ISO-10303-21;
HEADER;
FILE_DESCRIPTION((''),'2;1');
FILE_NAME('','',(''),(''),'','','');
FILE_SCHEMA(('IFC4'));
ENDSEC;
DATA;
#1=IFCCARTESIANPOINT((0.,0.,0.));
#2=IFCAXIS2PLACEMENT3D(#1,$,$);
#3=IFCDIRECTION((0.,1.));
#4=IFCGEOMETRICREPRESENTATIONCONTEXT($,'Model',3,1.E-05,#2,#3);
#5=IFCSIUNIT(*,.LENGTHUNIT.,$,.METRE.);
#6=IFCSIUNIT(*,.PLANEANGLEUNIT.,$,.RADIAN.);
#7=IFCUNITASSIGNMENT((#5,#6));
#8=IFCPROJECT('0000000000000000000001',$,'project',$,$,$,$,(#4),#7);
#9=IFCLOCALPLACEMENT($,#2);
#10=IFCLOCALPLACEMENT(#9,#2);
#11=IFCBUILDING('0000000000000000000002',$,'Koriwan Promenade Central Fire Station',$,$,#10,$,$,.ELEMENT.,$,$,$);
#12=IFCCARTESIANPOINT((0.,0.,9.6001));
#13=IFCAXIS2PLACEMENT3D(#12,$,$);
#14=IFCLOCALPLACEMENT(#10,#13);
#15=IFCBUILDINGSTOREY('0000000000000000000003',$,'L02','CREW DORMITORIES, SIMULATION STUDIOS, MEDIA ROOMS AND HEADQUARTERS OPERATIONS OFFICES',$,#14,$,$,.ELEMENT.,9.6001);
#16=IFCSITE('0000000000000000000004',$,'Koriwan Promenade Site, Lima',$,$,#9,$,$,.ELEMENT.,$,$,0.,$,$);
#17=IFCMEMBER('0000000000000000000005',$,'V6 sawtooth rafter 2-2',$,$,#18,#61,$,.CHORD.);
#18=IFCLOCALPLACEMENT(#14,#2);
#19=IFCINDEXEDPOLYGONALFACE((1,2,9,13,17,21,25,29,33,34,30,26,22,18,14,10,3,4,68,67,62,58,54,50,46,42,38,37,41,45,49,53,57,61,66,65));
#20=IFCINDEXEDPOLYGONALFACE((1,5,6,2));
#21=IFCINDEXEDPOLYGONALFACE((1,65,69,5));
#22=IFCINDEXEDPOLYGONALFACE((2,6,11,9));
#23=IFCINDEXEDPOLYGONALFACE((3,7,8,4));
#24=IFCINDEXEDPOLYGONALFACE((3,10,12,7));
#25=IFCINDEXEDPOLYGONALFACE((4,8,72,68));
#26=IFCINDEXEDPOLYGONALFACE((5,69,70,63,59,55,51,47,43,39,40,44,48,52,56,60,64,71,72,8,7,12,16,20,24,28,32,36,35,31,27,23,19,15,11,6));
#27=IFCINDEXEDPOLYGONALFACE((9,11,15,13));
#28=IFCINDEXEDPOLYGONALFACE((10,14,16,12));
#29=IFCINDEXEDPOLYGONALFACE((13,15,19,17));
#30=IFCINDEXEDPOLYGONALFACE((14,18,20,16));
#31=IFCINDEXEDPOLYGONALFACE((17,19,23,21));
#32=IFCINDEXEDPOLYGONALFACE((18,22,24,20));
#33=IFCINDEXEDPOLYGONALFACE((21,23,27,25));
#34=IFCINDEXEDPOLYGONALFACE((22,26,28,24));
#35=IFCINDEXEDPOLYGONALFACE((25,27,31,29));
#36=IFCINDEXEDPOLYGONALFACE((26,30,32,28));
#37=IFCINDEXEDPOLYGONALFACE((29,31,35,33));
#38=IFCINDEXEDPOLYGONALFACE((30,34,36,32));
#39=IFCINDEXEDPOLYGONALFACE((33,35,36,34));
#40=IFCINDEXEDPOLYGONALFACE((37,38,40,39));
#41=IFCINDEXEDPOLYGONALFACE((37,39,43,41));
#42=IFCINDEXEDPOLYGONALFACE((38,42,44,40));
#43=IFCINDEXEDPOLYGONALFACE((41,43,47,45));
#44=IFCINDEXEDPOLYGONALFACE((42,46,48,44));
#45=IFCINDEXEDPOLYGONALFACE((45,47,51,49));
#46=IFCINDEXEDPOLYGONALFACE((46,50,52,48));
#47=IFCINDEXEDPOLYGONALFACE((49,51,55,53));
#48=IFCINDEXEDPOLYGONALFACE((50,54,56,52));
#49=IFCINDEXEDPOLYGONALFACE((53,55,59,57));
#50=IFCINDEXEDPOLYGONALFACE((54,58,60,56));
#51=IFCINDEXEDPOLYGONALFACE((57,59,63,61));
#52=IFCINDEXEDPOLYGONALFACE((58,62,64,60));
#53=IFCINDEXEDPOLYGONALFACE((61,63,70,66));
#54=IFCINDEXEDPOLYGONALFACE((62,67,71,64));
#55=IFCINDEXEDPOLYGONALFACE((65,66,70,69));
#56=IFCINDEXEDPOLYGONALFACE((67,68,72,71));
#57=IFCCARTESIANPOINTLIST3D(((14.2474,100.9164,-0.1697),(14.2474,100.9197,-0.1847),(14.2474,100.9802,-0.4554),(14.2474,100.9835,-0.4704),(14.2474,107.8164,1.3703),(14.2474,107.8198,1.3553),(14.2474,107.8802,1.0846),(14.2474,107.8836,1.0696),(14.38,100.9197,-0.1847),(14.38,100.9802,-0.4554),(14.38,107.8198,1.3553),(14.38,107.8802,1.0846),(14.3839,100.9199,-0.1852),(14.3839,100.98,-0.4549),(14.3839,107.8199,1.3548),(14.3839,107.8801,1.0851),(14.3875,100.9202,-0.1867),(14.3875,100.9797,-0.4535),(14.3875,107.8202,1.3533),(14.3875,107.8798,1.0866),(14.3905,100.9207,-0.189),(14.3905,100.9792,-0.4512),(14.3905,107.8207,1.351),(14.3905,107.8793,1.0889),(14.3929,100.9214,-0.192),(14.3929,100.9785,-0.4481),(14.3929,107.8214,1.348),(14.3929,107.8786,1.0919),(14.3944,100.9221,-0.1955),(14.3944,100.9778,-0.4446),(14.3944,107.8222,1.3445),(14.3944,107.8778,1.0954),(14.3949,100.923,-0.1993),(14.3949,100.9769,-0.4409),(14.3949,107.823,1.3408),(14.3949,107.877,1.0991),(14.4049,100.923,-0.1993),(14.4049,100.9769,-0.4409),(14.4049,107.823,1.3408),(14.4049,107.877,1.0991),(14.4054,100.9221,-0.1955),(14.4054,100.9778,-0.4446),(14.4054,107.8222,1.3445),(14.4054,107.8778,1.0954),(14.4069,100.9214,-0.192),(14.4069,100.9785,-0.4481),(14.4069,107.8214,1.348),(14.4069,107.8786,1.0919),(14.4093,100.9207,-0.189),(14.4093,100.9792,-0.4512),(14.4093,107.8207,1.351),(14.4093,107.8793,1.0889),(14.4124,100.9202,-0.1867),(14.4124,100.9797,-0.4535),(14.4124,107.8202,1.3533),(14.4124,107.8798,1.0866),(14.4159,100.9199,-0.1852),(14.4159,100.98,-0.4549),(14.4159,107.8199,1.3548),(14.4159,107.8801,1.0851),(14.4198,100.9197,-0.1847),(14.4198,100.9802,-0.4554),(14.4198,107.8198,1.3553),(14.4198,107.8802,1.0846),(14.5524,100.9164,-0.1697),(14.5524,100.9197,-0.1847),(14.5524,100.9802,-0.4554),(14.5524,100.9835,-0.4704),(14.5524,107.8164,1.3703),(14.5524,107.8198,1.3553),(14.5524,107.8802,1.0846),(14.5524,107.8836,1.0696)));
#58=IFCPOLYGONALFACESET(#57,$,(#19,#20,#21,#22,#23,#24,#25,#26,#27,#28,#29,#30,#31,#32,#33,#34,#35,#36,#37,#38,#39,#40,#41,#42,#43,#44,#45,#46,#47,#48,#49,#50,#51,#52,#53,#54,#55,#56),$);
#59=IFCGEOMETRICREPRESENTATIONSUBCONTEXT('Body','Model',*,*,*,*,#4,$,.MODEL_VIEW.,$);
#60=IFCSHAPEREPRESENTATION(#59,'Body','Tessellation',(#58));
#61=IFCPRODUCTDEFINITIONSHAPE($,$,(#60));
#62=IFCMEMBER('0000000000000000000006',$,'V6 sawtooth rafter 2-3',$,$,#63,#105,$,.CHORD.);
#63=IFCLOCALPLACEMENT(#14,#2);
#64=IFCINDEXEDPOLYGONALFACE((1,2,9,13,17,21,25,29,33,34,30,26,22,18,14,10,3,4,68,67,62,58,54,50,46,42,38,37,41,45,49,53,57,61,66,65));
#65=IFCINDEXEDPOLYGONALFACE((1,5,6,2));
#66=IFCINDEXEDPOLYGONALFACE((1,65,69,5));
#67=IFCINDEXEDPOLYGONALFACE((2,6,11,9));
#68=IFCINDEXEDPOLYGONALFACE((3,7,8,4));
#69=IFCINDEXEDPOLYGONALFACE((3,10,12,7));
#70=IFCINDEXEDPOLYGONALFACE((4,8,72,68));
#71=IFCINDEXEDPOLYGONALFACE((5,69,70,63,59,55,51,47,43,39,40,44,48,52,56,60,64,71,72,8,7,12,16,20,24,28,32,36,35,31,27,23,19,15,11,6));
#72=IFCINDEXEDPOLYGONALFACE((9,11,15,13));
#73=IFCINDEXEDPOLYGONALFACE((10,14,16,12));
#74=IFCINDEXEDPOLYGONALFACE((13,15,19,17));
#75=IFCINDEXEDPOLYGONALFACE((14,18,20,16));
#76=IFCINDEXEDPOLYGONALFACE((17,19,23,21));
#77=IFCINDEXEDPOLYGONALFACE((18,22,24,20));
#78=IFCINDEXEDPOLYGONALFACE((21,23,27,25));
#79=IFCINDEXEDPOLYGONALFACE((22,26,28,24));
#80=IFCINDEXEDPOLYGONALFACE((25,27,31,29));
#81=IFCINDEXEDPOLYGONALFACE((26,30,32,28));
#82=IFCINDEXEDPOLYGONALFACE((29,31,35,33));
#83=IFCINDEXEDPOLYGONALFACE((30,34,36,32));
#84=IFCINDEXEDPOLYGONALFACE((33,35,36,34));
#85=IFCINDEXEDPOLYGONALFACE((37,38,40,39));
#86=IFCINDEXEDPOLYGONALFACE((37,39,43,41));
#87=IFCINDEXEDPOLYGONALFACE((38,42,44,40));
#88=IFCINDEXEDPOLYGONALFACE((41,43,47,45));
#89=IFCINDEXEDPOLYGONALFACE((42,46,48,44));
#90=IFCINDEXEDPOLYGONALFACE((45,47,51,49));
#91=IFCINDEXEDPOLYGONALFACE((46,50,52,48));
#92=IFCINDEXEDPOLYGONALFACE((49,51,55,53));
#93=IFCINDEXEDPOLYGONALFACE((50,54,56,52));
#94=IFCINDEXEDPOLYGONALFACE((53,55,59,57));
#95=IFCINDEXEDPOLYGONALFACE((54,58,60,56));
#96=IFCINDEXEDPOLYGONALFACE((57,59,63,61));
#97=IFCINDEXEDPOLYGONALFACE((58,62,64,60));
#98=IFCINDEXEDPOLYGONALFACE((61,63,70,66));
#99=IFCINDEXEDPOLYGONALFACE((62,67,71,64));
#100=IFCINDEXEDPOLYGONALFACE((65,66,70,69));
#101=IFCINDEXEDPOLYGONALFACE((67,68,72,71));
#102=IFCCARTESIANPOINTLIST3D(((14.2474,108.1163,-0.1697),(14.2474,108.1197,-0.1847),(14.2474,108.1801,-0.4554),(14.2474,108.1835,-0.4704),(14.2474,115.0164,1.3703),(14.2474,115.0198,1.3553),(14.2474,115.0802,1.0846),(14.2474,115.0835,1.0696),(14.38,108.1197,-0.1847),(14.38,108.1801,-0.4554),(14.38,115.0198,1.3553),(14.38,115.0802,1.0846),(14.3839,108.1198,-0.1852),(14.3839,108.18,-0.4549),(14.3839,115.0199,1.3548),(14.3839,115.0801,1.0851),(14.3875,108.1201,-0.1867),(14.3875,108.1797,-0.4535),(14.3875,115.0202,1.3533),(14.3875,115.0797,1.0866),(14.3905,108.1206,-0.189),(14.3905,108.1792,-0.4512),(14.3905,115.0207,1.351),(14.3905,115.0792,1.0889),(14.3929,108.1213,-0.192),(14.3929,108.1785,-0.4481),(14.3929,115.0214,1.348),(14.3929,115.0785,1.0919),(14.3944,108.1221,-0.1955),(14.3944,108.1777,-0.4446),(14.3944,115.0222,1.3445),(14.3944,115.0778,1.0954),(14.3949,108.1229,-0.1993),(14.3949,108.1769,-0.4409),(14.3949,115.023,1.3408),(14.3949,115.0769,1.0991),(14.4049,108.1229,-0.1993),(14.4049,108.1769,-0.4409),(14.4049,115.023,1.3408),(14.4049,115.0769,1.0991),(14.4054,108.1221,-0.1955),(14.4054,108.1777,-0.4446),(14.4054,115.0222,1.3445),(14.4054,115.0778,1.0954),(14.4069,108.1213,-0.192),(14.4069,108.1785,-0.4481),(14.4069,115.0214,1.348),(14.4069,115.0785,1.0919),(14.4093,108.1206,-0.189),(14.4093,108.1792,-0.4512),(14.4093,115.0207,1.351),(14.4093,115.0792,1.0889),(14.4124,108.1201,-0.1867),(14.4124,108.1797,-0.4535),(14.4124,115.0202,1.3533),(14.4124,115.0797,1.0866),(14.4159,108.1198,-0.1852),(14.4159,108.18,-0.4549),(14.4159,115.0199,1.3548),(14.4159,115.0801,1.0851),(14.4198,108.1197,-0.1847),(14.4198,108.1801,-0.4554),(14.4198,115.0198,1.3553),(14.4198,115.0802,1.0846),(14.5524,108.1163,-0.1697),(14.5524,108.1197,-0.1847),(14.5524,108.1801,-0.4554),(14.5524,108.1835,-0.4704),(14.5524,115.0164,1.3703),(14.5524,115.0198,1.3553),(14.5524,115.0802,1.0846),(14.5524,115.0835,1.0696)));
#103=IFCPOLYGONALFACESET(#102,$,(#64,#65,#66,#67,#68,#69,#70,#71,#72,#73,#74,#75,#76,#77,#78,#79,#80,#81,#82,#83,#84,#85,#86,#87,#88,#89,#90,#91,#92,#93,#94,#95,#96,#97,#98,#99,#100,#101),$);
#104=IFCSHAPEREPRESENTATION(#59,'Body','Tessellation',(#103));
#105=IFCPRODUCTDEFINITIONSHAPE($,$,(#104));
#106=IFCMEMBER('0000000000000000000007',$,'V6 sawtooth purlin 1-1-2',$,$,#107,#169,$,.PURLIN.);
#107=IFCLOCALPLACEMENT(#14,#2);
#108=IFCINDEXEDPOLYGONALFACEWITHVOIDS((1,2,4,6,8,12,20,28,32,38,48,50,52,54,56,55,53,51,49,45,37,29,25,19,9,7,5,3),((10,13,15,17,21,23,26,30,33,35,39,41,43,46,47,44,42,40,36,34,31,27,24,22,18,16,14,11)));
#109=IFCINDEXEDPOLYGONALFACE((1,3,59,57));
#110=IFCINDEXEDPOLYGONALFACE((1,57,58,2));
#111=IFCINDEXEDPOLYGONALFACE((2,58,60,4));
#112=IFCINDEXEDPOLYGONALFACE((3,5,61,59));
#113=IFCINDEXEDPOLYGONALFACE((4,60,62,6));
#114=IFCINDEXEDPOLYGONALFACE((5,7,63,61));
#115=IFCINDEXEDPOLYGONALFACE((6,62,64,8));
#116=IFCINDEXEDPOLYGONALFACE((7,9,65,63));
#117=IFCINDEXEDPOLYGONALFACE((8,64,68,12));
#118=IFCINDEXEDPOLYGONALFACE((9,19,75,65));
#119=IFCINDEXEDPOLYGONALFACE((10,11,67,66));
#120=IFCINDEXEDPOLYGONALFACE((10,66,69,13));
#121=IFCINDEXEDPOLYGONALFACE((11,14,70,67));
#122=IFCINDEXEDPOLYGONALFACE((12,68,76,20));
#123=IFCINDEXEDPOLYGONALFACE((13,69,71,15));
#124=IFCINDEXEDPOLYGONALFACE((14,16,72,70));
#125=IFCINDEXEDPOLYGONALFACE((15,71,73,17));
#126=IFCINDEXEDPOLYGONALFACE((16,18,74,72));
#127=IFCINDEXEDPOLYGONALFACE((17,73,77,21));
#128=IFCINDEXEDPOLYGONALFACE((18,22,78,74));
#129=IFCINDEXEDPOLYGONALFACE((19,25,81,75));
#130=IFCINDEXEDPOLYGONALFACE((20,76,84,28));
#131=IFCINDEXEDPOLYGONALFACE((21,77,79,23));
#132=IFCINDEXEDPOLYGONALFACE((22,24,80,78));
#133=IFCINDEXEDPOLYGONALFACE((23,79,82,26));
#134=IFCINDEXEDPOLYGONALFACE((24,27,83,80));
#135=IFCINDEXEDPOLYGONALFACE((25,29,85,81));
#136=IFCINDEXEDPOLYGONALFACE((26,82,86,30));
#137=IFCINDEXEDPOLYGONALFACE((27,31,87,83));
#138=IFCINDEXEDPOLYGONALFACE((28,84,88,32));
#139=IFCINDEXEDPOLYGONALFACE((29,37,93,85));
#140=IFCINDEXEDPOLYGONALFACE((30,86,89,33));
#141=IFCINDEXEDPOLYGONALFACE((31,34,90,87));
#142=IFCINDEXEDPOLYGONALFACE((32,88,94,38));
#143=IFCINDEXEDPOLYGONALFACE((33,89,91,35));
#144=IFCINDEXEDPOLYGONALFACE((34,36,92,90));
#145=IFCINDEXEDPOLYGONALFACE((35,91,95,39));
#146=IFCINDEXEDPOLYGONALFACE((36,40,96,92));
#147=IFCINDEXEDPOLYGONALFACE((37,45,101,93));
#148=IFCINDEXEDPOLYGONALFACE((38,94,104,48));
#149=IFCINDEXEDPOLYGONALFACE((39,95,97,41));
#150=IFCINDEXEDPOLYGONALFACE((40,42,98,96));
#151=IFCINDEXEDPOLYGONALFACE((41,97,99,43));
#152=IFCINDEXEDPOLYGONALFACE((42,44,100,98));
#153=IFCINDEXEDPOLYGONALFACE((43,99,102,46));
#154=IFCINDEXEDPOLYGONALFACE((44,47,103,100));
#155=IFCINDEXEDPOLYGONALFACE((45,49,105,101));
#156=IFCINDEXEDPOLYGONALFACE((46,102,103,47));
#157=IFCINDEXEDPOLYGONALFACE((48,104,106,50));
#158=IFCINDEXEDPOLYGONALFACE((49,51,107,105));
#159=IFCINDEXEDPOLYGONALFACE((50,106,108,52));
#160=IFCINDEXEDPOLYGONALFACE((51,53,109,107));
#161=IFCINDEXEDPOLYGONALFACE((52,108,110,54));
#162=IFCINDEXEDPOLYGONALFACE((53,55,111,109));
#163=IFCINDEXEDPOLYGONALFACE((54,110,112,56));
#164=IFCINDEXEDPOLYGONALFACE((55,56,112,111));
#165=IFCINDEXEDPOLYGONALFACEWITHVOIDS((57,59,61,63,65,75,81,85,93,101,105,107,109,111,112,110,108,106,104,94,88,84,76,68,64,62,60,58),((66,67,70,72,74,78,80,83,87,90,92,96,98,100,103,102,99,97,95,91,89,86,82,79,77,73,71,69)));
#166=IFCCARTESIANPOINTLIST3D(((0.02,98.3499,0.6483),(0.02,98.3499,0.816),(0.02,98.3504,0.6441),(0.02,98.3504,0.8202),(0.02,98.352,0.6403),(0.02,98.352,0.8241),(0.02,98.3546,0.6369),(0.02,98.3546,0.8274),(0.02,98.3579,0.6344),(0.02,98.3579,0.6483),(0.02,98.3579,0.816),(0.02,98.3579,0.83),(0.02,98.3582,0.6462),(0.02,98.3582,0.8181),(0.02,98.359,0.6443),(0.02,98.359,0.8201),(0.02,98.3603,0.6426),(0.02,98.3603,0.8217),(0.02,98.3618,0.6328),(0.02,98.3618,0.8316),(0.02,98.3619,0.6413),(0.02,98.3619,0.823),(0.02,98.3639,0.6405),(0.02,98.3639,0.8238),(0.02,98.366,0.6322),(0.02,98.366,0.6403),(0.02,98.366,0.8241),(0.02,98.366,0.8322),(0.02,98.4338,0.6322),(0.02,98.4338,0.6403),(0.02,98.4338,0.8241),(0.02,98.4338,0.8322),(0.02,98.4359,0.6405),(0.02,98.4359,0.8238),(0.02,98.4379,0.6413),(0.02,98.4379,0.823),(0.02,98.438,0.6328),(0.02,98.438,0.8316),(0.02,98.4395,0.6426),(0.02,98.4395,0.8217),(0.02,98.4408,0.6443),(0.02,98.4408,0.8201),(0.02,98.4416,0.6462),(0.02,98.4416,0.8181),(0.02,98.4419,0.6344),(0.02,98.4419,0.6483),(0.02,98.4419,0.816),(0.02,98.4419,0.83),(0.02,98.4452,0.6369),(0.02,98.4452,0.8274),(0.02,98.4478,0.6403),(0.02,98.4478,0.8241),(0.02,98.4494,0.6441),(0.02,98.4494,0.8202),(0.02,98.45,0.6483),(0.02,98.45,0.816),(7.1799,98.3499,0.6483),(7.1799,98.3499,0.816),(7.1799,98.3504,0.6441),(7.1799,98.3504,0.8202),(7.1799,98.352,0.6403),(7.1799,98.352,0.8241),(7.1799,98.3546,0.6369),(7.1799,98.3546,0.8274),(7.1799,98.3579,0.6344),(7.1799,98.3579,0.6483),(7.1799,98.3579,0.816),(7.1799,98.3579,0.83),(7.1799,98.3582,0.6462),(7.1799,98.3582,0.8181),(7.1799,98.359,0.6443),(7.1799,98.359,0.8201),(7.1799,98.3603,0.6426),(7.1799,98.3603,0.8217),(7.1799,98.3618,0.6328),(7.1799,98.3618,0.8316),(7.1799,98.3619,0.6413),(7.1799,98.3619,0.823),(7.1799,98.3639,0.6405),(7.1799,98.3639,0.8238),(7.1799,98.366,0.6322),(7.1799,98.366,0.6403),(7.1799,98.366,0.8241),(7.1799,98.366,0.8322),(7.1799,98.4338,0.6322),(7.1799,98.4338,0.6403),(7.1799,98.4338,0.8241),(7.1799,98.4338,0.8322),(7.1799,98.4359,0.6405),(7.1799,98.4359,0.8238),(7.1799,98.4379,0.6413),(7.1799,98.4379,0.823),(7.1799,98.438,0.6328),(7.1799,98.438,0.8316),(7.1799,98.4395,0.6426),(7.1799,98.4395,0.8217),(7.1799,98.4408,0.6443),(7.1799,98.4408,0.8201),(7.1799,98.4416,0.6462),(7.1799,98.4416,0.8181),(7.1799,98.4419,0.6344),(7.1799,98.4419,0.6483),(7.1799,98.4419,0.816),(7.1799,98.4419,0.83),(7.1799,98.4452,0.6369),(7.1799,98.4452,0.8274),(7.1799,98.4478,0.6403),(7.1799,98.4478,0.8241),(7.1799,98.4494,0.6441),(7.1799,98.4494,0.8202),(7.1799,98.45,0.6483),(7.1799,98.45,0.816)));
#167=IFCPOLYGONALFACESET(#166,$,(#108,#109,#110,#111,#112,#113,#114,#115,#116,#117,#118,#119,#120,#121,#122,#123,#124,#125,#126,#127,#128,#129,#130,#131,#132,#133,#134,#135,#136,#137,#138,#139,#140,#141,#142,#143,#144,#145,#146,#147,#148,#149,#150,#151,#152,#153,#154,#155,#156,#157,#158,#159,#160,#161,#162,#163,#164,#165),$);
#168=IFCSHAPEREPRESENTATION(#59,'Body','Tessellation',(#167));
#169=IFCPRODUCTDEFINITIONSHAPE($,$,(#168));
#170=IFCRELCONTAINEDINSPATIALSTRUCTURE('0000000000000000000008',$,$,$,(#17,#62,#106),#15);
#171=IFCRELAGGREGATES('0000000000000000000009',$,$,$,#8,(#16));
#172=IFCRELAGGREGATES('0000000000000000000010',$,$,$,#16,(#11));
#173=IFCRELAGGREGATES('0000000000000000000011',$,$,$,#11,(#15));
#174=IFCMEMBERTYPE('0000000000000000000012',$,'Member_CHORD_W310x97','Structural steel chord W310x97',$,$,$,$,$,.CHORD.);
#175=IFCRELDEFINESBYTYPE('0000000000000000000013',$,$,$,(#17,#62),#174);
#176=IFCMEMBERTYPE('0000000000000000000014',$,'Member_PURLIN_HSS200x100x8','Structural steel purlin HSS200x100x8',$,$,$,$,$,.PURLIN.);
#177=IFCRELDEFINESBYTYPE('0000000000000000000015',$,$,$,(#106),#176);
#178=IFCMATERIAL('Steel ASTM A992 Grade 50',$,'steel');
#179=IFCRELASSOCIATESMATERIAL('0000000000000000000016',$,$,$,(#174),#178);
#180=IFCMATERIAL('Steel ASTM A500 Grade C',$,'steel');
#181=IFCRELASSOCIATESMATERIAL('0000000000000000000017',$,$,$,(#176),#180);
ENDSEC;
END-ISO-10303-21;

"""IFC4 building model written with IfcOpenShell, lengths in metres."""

from ifc_helpers import new_model, si_unit, direction, frame, origin, origin_2d, place, context, subcontext, project, spatial, hollow_rectangle, i_section, extrude, material, material_profile, profile_set, type_object, element, save


model = new_model("IFC4")

# Units and contexts
model_context = context("Model", 3, precision=1e-05, world=origin(), true_north=direction((0.0, 1.0)))
body_context = subcontext(model_context, "Body", "Model", "MODEL_VIEW")
ifc_project = project(units=[si_unit("LENGTHUNIT", "METRE"), si_unit("PLANEANGLEUNIT", "RADIAN")], contexts=[model_context])

# Site, building, storey
site_placement = place(None, origin())
site = spatial("IfcSite", under=ifc_project, at=site_placement, Name="Koriwan Promenade Site, Lima", CompositionType="ELEMENT", RefElevation=0.0)
building_placement = place(site_placement, origin())
building = spatial("IfcBuilding", under=site, at=building_placement, Name="Koriwan Promenade Central Fire Station", CompositionType="ELEMENT")
storey_placement = place(building_placement, frame((0.0, 0.0, 9.6001)))
storey = spatial("IfcBuildingStorey", under=building, at=storey_placement, Name="L02", Description="CREW DORMITORIES, SIMULATION STUDIOS, MEDIA ROOMS AND HEADQUARTERS OPERATIONS OFFICES", CompositionType="ELEMENT", Elevation=9.6001)

# Members
ifc_material_1 = material(Name="Steel ASTM A992 Grade 50", Category="steel")
ifc_material_profile_1 = material_profile(ifc_material_1, i_section(OverallWidth=0.3049, OverallDepth=0.3081, WebThickness=0.01, FlangeThickness=0.0154, FilletRadius=0.0149, at=origin_2d()), Name="W310x97")
ifc_profile_set_1 = profile_set([ifc_material_profile_1], Name="Steel ASTM A992 Grade 50")
member_type_1 = type_object("IfcMemberType", Name="Member_CHORD_W310x97", Description="Structural steel chord W310x97", PredefinedType="CHORD", material=ifc_profile_set_1)
for number, where, z_axis, x_axis, name in (
    (1, (14.3999, 100.95, -0.3201), (0.0, 0.975987, 0.21783), (-1.0, 0.0, 0.0), "V6 sawtooth rafter 2-2"),
    (2, (14.3999, 108.1499, -0.3201), (0.0, 0.975987, 0.21783), (-1.0, 0.0, 0.0), "V6 sawtooth rafter 2-3"),
):
    element("IfcMember", number, at=place(storey_placement, frame(where, z_axis=z_axis, x_axis=x_axis)), inside=storey, type_object=member_type_1, Name=name, PredefinedType="CHORD", context=body_context, shape_type="SweptSolid", body=[
        extrude(i_section(OverallWidth=0.3049, OverallDepth=0.3081, WebThickness=0.01, FlangeThickness=0.0154, FilletRadius=0.0149, at=origin_2d()), origin(), (0.0, 0.0, 1.0), 7.0698),
    ])
ifc_material_2 = material(Name="Steel ASTM A500 Grade C", Category="steel")
ifc_material_profile_2 = material_profile(ifc_material_2, hollow_rectangle(XDim=0.1001, YDim=0.2, WallThickness=0.0081, InnerFilletRadius=0.0081, OuterFilletRadius=0.0161, at=origin_2d()), Name="HSS200x100x8")
ifc_profile_set_2 = profile_set([ifc_material_profile_2], Name="Steel ASTM A500 Grade C")
member_type_2 = type_object("IfcMemberType", Name="Member_PURLIN_HSS200x100x8", Description="Structural steel purlin HSS200x100x8", PredefinedType="PURLIN", material=ifc_profile_set_2)
for number, where, z_axis, x_axis, name in (
    (3, (0.02, 98.3999, 0.7322), (1.0, 0.0, 0.0), (0.0, 1.0, 0.0), "V6 sawtooth purlin 1-1-2"),
):
    element("IfcMember", number, at=place(storey_placement, frame(where, z_axis=z_axis, x_axis=x_axis)), inside=storey, type_object=member_type_2, Name=name, PredefinedType="PURLIN", context=body_context, shape_type="SweptSolid", body=[
        extrude(hollow_rectangle(XDim=0.1001, YDim=0.2, WallThickness=0.0081, InnerFilletRadius=0.0081, OuterFilletRadius=0.0161, at=origin_2d()), origin(), (0.0, 0.0, 1.0), 7.1599),
    ])

save(model, "model.ifc")
